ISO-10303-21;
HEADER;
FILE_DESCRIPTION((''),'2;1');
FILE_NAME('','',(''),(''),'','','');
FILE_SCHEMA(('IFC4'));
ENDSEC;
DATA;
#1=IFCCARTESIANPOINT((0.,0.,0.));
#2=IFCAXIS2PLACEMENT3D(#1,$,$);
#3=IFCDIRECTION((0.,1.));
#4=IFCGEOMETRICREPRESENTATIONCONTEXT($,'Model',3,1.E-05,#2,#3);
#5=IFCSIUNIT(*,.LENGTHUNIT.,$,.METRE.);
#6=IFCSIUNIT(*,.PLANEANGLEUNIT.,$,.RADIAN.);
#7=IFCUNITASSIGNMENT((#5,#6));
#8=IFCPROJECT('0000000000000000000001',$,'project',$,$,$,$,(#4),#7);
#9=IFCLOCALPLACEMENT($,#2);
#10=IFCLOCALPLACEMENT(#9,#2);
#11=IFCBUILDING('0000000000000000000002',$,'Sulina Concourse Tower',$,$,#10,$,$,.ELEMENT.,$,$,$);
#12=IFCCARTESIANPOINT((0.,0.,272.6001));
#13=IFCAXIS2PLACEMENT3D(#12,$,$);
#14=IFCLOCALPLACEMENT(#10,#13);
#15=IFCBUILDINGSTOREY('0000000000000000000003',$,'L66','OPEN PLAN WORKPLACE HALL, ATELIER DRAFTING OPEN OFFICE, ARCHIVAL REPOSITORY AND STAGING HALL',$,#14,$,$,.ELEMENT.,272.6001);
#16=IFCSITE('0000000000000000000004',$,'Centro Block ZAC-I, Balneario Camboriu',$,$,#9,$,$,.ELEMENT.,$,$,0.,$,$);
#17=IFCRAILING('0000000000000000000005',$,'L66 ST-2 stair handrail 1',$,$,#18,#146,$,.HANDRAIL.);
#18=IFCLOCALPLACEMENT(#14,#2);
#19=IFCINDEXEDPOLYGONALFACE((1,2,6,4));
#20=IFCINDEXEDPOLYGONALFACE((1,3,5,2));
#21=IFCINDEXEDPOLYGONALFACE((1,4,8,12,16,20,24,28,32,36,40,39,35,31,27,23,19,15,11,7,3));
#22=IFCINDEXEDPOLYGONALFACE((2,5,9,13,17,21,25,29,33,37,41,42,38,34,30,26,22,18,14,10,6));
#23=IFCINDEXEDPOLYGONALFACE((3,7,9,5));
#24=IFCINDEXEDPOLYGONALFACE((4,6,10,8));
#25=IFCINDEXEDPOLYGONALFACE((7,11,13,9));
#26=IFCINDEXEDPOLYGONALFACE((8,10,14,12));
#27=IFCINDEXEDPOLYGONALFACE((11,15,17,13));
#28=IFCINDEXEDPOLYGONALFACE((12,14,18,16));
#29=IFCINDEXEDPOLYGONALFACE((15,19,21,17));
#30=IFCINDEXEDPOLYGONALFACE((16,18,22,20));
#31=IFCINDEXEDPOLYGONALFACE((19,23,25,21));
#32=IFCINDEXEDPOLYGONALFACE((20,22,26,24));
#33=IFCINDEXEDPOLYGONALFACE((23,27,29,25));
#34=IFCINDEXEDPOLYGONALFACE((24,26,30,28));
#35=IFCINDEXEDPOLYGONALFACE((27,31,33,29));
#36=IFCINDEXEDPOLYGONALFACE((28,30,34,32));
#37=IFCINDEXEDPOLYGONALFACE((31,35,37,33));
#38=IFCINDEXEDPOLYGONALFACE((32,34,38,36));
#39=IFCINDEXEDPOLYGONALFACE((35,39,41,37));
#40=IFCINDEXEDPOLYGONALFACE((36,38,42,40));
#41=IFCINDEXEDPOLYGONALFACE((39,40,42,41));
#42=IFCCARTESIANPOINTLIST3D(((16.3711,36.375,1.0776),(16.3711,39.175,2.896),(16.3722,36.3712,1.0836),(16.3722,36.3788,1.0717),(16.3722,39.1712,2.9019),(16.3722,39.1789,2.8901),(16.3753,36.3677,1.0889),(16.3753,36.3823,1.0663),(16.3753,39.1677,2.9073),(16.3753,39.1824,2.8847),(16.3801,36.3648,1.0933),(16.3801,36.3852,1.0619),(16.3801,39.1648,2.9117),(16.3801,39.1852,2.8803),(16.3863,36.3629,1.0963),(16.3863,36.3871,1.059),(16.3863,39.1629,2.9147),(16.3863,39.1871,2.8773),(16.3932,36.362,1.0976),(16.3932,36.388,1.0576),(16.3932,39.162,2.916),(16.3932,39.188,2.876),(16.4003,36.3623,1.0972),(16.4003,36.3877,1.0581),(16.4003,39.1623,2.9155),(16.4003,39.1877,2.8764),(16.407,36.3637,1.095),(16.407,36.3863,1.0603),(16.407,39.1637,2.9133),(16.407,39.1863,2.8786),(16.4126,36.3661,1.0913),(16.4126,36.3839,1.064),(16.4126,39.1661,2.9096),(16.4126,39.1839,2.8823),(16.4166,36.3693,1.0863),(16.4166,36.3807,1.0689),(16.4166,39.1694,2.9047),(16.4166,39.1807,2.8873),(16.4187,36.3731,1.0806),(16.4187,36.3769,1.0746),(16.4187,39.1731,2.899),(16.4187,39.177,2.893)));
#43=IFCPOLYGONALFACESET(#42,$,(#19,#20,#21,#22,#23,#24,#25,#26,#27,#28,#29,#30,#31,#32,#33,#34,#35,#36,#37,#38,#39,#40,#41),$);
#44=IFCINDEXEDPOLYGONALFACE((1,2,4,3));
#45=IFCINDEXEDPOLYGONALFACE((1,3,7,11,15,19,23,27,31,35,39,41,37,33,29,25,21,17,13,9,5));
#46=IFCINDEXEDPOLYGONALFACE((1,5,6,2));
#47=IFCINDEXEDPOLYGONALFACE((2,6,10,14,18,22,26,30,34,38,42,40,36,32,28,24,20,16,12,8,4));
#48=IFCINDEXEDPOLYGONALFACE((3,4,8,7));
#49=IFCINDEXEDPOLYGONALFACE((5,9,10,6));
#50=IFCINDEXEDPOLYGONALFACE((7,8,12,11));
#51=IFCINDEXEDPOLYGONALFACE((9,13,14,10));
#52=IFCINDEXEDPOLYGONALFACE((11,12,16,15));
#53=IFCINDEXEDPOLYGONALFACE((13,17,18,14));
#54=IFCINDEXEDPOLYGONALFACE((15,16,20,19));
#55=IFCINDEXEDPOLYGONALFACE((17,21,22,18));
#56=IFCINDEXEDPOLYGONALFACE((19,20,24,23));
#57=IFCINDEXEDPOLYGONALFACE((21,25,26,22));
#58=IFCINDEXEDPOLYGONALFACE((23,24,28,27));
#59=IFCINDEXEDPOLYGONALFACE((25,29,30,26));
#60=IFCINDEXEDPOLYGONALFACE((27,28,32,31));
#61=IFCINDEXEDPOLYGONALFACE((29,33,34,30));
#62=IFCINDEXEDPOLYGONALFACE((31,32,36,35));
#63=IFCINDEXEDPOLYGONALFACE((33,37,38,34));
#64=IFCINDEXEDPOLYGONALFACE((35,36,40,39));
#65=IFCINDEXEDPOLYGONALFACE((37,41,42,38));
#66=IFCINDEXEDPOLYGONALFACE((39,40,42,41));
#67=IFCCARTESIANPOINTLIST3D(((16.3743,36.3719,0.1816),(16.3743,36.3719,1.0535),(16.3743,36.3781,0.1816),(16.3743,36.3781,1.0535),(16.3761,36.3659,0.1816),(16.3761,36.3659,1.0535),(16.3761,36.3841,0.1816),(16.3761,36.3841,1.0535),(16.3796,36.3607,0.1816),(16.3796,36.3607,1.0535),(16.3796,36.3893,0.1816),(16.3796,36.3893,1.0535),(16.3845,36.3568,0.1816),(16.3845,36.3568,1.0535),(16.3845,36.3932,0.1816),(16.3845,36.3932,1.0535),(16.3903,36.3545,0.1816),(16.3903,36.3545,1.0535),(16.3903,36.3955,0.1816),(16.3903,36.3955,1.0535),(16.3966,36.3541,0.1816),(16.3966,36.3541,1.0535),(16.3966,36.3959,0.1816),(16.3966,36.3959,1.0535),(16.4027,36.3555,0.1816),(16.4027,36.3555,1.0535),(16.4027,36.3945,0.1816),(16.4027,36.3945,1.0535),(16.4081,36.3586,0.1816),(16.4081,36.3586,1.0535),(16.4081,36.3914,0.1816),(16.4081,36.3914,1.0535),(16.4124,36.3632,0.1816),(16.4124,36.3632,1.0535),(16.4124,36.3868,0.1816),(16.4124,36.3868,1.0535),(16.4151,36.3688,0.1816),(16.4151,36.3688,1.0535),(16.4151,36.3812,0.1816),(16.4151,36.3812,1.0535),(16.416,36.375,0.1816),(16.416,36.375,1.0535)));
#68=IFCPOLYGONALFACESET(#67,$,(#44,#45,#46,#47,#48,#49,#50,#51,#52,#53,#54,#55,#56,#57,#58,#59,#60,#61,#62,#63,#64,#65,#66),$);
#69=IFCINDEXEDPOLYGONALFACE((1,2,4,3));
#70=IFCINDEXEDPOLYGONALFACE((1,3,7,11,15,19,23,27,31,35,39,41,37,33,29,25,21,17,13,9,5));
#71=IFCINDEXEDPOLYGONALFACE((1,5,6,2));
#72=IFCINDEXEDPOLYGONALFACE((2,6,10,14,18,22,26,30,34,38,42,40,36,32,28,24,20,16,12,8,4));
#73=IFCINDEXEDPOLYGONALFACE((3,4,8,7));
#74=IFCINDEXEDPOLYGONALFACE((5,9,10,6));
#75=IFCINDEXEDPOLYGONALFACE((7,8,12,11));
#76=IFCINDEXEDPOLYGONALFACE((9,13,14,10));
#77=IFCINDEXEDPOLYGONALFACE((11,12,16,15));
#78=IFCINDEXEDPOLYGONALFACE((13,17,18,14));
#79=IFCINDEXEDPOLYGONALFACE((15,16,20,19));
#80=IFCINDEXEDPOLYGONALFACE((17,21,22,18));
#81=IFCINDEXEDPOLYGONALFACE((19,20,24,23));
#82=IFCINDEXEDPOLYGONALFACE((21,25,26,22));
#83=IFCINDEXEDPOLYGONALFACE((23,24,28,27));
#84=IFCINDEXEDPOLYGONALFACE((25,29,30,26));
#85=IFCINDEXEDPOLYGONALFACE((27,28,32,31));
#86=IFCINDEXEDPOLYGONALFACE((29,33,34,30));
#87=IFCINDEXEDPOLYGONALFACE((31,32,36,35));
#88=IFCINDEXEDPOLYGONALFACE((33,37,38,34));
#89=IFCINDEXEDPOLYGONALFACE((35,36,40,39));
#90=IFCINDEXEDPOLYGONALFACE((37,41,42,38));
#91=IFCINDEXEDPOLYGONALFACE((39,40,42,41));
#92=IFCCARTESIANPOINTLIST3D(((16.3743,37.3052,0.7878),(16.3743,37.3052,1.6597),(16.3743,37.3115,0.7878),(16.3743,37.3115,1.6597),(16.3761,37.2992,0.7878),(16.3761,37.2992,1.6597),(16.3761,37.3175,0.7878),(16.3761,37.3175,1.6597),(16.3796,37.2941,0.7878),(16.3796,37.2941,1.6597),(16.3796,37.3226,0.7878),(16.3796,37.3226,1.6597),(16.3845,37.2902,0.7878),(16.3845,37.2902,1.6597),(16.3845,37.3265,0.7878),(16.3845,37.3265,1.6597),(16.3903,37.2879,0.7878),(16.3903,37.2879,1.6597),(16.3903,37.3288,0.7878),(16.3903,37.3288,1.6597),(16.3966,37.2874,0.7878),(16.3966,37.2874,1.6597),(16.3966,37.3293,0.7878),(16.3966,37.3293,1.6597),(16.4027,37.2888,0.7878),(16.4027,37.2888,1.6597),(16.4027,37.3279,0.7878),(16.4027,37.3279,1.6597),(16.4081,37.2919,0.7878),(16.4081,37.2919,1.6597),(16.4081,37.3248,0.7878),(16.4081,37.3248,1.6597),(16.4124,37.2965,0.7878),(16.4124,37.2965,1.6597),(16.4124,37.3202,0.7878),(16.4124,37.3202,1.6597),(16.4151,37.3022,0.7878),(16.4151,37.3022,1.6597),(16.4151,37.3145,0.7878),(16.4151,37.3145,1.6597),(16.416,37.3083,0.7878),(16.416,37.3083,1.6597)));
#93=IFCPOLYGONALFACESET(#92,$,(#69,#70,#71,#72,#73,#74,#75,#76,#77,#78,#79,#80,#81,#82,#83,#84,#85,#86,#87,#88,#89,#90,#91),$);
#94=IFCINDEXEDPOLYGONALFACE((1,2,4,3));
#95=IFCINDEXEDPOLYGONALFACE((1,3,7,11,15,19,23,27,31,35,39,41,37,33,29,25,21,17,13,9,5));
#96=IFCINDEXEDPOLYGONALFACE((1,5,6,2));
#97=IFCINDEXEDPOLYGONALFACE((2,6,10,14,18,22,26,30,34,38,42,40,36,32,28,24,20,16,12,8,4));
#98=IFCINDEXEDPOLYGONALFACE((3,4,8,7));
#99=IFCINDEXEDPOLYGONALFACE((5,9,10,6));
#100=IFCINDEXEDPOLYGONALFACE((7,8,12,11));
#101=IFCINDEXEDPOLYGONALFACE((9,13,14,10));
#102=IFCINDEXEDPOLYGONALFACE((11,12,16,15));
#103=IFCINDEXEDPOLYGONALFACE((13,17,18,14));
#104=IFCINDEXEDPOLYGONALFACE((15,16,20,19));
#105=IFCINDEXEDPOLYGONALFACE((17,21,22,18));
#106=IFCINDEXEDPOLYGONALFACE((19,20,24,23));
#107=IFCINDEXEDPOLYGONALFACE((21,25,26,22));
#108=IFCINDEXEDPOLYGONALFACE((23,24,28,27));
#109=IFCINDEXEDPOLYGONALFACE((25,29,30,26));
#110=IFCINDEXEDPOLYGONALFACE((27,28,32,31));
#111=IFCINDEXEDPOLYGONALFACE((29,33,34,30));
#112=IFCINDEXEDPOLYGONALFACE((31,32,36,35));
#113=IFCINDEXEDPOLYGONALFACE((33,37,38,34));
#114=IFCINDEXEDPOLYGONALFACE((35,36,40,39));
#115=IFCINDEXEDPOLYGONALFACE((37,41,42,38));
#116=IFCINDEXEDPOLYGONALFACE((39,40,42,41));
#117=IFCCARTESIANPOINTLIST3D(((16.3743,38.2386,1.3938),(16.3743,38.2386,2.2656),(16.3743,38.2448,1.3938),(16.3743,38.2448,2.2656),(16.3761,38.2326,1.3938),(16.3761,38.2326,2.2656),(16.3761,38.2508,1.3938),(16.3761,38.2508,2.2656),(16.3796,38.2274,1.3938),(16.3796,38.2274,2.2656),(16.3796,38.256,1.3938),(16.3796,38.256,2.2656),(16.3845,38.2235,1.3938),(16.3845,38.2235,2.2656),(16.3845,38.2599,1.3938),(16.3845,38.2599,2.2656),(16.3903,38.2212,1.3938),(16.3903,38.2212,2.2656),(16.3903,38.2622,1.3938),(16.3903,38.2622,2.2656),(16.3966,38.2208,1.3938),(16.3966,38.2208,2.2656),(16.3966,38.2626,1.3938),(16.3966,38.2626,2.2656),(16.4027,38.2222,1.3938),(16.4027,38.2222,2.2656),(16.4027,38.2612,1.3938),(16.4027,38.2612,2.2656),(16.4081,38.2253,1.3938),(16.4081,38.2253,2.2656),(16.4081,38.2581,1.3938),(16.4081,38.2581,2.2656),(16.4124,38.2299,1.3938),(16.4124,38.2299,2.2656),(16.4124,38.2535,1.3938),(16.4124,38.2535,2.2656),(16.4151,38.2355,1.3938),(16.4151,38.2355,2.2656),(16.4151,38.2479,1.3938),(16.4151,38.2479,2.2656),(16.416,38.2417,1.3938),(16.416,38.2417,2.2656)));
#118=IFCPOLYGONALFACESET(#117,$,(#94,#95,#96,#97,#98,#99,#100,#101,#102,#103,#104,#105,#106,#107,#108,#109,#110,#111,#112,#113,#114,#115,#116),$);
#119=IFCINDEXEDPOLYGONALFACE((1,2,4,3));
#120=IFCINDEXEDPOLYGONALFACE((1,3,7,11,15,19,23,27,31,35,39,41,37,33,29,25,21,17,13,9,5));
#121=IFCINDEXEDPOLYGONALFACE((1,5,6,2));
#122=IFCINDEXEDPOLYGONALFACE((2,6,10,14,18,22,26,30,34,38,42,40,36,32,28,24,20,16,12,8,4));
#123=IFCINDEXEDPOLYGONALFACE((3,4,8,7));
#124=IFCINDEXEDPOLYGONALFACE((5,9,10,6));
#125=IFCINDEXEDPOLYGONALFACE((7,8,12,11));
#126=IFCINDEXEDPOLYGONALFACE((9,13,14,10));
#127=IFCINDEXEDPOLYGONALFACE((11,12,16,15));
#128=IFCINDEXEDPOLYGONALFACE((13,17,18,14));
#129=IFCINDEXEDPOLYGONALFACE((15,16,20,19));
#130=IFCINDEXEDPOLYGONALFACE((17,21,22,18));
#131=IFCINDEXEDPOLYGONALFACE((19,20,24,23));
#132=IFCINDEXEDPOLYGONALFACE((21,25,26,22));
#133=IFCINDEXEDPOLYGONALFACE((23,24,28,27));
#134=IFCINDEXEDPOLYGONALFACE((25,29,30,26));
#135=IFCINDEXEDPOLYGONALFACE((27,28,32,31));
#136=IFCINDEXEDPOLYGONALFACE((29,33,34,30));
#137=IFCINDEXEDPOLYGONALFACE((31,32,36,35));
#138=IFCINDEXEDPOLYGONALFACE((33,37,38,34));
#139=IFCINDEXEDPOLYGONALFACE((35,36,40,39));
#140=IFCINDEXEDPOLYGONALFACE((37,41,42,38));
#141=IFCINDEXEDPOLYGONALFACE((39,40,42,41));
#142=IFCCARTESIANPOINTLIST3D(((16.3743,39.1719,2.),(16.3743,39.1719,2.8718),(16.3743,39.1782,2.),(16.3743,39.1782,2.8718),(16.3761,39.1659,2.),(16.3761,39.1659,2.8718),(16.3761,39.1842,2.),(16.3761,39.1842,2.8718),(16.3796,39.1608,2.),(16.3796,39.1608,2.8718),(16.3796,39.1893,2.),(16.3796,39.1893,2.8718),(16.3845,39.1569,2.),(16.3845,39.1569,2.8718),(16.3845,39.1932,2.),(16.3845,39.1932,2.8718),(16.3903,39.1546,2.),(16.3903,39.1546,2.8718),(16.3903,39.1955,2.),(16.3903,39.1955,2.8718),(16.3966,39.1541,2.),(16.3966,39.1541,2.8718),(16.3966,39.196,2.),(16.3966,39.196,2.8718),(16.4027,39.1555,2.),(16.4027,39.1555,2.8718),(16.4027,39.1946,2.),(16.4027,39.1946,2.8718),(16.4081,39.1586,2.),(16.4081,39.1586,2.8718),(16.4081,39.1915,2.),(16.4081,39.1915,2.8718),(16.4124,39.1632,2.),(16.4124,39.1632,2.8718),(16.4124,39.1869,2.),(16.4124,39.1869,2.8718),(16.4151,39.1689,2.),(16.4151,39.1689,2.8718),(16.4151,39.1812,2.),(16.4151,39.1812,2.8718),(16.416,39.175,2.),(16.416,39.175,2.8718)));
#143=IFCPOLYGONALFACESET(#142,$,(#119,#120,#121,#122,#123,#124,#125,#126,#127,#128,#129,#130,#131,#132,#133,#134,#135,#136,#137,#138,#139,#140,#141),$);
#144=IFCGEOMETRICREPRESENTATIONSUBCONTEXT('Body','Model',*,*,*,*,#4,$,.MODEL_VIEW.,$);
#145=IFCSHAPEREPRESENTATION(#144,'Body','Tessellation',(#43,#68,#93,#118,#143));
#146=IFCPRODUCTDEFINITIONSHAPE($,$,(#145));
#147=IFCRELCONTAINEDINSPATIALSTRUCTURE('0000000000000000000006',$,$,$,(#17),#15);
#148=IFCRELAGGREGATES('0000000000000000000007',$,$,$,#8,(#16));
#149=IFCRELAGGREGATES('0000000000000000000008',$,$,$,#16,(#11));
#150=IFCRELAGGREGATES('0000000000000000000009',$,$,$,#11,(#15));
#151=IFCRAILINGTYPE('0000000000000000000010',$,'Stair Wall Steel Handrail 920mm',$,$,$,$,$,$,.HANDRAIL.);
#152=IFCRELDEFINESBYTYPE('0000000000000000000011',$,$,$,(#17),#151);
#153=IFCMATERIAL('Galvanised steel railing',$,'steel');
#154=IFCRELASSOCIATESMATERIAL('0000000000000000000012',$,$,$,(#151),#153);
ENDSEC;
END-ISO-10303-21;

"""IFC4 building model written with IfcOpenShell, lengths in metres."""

from ifc_helpers import new_model, si_unit, direction, frame, origin, origin_2d, place, context, subcontext, project, spatial, circle, extrude, material, type_object, element, save


model = new_model("IFC4")

# Units and contexts
model_context = context("Model", 3, precision=1e-05, world=origin(), true_north=direction((0.0, 1.0)))
body_context = subcontext(model_context, "Body", "Model", "MODEL_VIEW")
ifc_project = project(units=[si_unit("LENGTHUNIT", "METRE"), si_unit("PLANEANGLEUNIT", "RADIAN")], contexts=[model_context])

# Site, building, storey
site_placement = place(None, origin())
site = spatial("IfcSite", under=ifc_project, at=site_placement, Name="Centro Block ZAC-I, Balneario Camboriu", CompositionType="ELEMENT", RefElevation=0.0)
building_placement = place(site_placement, origin())
building = spatial("IfcBuilding", under=site, at=building_placement, Name="Sulina Concourse Tower", CompositionType="ELEMENT")
storey_placement = place(building_placement, frame((0.0, 0.0, 272.6001)))
storey = spatial("IfcBuildingStorey", under=building, at=storey_placement, Name="L66", Description="OPEN PLAN WORKPLACE HALL, ATELIER DRAFTING OPEN OFFICE, ARCHIVAL REPOSITORY AND STAGING HALL", CompositionType="ELEMENT", Elevation=272.6001)

# Railing
ifc_material_1 = material(Name="Galvanised steel railing", Category="steel")
railing_type_1 = type_object("IfcRailingType", Name="Stair Wall Steel Handrail 920mm", PredefinedType="HANDRAIL", material=ifc_material_1)
railing_1_placement = place(storey_placement, frame((16.395, 36.375, 0.1816)))
element("IfcRailing", 1, at=railing_1_placement, inside=storey, type_object=railing_type_1, Name="L66 ST-2 stair handrail 1", PredefinedType="HANDRAIL", context=body_context, shape_type="SweptSolid", body=[
    extrude(circle(Radius=0.0239, at=origin_2d()), frame((0.0, 0.0, 0.896), z_axis=(0.0, 0.838672, 0.544636), x_axis=(-1.0, 0.0, 0.0)), (0.0, 0.0, 1.0), 3.3386),
    extrude(circle(Radius=0.021, at=origin_2d()), origin(), (0.0, 0.0, 1.0), 0.8718),
    extrude(circle(Radius=0.021, at=origin_2d()), frame((0.0, 0.9333, 0.6062)), (0.0, 0.0, 1.0), 0.8718),
    extrude(circle(Radius=0.021, at=origin_2d()), frame((0.0, 1.8667, 1.2122)), (0.0, 0.0, 1.0), 0.8718),
    extrude(circle(Radius=0.021, at=origin_2d()), frame((0.0, 2.8, 1.8184)), (0.0, 0.0, 1.0), 0.8718),
])

save(model, "model.ifc")
